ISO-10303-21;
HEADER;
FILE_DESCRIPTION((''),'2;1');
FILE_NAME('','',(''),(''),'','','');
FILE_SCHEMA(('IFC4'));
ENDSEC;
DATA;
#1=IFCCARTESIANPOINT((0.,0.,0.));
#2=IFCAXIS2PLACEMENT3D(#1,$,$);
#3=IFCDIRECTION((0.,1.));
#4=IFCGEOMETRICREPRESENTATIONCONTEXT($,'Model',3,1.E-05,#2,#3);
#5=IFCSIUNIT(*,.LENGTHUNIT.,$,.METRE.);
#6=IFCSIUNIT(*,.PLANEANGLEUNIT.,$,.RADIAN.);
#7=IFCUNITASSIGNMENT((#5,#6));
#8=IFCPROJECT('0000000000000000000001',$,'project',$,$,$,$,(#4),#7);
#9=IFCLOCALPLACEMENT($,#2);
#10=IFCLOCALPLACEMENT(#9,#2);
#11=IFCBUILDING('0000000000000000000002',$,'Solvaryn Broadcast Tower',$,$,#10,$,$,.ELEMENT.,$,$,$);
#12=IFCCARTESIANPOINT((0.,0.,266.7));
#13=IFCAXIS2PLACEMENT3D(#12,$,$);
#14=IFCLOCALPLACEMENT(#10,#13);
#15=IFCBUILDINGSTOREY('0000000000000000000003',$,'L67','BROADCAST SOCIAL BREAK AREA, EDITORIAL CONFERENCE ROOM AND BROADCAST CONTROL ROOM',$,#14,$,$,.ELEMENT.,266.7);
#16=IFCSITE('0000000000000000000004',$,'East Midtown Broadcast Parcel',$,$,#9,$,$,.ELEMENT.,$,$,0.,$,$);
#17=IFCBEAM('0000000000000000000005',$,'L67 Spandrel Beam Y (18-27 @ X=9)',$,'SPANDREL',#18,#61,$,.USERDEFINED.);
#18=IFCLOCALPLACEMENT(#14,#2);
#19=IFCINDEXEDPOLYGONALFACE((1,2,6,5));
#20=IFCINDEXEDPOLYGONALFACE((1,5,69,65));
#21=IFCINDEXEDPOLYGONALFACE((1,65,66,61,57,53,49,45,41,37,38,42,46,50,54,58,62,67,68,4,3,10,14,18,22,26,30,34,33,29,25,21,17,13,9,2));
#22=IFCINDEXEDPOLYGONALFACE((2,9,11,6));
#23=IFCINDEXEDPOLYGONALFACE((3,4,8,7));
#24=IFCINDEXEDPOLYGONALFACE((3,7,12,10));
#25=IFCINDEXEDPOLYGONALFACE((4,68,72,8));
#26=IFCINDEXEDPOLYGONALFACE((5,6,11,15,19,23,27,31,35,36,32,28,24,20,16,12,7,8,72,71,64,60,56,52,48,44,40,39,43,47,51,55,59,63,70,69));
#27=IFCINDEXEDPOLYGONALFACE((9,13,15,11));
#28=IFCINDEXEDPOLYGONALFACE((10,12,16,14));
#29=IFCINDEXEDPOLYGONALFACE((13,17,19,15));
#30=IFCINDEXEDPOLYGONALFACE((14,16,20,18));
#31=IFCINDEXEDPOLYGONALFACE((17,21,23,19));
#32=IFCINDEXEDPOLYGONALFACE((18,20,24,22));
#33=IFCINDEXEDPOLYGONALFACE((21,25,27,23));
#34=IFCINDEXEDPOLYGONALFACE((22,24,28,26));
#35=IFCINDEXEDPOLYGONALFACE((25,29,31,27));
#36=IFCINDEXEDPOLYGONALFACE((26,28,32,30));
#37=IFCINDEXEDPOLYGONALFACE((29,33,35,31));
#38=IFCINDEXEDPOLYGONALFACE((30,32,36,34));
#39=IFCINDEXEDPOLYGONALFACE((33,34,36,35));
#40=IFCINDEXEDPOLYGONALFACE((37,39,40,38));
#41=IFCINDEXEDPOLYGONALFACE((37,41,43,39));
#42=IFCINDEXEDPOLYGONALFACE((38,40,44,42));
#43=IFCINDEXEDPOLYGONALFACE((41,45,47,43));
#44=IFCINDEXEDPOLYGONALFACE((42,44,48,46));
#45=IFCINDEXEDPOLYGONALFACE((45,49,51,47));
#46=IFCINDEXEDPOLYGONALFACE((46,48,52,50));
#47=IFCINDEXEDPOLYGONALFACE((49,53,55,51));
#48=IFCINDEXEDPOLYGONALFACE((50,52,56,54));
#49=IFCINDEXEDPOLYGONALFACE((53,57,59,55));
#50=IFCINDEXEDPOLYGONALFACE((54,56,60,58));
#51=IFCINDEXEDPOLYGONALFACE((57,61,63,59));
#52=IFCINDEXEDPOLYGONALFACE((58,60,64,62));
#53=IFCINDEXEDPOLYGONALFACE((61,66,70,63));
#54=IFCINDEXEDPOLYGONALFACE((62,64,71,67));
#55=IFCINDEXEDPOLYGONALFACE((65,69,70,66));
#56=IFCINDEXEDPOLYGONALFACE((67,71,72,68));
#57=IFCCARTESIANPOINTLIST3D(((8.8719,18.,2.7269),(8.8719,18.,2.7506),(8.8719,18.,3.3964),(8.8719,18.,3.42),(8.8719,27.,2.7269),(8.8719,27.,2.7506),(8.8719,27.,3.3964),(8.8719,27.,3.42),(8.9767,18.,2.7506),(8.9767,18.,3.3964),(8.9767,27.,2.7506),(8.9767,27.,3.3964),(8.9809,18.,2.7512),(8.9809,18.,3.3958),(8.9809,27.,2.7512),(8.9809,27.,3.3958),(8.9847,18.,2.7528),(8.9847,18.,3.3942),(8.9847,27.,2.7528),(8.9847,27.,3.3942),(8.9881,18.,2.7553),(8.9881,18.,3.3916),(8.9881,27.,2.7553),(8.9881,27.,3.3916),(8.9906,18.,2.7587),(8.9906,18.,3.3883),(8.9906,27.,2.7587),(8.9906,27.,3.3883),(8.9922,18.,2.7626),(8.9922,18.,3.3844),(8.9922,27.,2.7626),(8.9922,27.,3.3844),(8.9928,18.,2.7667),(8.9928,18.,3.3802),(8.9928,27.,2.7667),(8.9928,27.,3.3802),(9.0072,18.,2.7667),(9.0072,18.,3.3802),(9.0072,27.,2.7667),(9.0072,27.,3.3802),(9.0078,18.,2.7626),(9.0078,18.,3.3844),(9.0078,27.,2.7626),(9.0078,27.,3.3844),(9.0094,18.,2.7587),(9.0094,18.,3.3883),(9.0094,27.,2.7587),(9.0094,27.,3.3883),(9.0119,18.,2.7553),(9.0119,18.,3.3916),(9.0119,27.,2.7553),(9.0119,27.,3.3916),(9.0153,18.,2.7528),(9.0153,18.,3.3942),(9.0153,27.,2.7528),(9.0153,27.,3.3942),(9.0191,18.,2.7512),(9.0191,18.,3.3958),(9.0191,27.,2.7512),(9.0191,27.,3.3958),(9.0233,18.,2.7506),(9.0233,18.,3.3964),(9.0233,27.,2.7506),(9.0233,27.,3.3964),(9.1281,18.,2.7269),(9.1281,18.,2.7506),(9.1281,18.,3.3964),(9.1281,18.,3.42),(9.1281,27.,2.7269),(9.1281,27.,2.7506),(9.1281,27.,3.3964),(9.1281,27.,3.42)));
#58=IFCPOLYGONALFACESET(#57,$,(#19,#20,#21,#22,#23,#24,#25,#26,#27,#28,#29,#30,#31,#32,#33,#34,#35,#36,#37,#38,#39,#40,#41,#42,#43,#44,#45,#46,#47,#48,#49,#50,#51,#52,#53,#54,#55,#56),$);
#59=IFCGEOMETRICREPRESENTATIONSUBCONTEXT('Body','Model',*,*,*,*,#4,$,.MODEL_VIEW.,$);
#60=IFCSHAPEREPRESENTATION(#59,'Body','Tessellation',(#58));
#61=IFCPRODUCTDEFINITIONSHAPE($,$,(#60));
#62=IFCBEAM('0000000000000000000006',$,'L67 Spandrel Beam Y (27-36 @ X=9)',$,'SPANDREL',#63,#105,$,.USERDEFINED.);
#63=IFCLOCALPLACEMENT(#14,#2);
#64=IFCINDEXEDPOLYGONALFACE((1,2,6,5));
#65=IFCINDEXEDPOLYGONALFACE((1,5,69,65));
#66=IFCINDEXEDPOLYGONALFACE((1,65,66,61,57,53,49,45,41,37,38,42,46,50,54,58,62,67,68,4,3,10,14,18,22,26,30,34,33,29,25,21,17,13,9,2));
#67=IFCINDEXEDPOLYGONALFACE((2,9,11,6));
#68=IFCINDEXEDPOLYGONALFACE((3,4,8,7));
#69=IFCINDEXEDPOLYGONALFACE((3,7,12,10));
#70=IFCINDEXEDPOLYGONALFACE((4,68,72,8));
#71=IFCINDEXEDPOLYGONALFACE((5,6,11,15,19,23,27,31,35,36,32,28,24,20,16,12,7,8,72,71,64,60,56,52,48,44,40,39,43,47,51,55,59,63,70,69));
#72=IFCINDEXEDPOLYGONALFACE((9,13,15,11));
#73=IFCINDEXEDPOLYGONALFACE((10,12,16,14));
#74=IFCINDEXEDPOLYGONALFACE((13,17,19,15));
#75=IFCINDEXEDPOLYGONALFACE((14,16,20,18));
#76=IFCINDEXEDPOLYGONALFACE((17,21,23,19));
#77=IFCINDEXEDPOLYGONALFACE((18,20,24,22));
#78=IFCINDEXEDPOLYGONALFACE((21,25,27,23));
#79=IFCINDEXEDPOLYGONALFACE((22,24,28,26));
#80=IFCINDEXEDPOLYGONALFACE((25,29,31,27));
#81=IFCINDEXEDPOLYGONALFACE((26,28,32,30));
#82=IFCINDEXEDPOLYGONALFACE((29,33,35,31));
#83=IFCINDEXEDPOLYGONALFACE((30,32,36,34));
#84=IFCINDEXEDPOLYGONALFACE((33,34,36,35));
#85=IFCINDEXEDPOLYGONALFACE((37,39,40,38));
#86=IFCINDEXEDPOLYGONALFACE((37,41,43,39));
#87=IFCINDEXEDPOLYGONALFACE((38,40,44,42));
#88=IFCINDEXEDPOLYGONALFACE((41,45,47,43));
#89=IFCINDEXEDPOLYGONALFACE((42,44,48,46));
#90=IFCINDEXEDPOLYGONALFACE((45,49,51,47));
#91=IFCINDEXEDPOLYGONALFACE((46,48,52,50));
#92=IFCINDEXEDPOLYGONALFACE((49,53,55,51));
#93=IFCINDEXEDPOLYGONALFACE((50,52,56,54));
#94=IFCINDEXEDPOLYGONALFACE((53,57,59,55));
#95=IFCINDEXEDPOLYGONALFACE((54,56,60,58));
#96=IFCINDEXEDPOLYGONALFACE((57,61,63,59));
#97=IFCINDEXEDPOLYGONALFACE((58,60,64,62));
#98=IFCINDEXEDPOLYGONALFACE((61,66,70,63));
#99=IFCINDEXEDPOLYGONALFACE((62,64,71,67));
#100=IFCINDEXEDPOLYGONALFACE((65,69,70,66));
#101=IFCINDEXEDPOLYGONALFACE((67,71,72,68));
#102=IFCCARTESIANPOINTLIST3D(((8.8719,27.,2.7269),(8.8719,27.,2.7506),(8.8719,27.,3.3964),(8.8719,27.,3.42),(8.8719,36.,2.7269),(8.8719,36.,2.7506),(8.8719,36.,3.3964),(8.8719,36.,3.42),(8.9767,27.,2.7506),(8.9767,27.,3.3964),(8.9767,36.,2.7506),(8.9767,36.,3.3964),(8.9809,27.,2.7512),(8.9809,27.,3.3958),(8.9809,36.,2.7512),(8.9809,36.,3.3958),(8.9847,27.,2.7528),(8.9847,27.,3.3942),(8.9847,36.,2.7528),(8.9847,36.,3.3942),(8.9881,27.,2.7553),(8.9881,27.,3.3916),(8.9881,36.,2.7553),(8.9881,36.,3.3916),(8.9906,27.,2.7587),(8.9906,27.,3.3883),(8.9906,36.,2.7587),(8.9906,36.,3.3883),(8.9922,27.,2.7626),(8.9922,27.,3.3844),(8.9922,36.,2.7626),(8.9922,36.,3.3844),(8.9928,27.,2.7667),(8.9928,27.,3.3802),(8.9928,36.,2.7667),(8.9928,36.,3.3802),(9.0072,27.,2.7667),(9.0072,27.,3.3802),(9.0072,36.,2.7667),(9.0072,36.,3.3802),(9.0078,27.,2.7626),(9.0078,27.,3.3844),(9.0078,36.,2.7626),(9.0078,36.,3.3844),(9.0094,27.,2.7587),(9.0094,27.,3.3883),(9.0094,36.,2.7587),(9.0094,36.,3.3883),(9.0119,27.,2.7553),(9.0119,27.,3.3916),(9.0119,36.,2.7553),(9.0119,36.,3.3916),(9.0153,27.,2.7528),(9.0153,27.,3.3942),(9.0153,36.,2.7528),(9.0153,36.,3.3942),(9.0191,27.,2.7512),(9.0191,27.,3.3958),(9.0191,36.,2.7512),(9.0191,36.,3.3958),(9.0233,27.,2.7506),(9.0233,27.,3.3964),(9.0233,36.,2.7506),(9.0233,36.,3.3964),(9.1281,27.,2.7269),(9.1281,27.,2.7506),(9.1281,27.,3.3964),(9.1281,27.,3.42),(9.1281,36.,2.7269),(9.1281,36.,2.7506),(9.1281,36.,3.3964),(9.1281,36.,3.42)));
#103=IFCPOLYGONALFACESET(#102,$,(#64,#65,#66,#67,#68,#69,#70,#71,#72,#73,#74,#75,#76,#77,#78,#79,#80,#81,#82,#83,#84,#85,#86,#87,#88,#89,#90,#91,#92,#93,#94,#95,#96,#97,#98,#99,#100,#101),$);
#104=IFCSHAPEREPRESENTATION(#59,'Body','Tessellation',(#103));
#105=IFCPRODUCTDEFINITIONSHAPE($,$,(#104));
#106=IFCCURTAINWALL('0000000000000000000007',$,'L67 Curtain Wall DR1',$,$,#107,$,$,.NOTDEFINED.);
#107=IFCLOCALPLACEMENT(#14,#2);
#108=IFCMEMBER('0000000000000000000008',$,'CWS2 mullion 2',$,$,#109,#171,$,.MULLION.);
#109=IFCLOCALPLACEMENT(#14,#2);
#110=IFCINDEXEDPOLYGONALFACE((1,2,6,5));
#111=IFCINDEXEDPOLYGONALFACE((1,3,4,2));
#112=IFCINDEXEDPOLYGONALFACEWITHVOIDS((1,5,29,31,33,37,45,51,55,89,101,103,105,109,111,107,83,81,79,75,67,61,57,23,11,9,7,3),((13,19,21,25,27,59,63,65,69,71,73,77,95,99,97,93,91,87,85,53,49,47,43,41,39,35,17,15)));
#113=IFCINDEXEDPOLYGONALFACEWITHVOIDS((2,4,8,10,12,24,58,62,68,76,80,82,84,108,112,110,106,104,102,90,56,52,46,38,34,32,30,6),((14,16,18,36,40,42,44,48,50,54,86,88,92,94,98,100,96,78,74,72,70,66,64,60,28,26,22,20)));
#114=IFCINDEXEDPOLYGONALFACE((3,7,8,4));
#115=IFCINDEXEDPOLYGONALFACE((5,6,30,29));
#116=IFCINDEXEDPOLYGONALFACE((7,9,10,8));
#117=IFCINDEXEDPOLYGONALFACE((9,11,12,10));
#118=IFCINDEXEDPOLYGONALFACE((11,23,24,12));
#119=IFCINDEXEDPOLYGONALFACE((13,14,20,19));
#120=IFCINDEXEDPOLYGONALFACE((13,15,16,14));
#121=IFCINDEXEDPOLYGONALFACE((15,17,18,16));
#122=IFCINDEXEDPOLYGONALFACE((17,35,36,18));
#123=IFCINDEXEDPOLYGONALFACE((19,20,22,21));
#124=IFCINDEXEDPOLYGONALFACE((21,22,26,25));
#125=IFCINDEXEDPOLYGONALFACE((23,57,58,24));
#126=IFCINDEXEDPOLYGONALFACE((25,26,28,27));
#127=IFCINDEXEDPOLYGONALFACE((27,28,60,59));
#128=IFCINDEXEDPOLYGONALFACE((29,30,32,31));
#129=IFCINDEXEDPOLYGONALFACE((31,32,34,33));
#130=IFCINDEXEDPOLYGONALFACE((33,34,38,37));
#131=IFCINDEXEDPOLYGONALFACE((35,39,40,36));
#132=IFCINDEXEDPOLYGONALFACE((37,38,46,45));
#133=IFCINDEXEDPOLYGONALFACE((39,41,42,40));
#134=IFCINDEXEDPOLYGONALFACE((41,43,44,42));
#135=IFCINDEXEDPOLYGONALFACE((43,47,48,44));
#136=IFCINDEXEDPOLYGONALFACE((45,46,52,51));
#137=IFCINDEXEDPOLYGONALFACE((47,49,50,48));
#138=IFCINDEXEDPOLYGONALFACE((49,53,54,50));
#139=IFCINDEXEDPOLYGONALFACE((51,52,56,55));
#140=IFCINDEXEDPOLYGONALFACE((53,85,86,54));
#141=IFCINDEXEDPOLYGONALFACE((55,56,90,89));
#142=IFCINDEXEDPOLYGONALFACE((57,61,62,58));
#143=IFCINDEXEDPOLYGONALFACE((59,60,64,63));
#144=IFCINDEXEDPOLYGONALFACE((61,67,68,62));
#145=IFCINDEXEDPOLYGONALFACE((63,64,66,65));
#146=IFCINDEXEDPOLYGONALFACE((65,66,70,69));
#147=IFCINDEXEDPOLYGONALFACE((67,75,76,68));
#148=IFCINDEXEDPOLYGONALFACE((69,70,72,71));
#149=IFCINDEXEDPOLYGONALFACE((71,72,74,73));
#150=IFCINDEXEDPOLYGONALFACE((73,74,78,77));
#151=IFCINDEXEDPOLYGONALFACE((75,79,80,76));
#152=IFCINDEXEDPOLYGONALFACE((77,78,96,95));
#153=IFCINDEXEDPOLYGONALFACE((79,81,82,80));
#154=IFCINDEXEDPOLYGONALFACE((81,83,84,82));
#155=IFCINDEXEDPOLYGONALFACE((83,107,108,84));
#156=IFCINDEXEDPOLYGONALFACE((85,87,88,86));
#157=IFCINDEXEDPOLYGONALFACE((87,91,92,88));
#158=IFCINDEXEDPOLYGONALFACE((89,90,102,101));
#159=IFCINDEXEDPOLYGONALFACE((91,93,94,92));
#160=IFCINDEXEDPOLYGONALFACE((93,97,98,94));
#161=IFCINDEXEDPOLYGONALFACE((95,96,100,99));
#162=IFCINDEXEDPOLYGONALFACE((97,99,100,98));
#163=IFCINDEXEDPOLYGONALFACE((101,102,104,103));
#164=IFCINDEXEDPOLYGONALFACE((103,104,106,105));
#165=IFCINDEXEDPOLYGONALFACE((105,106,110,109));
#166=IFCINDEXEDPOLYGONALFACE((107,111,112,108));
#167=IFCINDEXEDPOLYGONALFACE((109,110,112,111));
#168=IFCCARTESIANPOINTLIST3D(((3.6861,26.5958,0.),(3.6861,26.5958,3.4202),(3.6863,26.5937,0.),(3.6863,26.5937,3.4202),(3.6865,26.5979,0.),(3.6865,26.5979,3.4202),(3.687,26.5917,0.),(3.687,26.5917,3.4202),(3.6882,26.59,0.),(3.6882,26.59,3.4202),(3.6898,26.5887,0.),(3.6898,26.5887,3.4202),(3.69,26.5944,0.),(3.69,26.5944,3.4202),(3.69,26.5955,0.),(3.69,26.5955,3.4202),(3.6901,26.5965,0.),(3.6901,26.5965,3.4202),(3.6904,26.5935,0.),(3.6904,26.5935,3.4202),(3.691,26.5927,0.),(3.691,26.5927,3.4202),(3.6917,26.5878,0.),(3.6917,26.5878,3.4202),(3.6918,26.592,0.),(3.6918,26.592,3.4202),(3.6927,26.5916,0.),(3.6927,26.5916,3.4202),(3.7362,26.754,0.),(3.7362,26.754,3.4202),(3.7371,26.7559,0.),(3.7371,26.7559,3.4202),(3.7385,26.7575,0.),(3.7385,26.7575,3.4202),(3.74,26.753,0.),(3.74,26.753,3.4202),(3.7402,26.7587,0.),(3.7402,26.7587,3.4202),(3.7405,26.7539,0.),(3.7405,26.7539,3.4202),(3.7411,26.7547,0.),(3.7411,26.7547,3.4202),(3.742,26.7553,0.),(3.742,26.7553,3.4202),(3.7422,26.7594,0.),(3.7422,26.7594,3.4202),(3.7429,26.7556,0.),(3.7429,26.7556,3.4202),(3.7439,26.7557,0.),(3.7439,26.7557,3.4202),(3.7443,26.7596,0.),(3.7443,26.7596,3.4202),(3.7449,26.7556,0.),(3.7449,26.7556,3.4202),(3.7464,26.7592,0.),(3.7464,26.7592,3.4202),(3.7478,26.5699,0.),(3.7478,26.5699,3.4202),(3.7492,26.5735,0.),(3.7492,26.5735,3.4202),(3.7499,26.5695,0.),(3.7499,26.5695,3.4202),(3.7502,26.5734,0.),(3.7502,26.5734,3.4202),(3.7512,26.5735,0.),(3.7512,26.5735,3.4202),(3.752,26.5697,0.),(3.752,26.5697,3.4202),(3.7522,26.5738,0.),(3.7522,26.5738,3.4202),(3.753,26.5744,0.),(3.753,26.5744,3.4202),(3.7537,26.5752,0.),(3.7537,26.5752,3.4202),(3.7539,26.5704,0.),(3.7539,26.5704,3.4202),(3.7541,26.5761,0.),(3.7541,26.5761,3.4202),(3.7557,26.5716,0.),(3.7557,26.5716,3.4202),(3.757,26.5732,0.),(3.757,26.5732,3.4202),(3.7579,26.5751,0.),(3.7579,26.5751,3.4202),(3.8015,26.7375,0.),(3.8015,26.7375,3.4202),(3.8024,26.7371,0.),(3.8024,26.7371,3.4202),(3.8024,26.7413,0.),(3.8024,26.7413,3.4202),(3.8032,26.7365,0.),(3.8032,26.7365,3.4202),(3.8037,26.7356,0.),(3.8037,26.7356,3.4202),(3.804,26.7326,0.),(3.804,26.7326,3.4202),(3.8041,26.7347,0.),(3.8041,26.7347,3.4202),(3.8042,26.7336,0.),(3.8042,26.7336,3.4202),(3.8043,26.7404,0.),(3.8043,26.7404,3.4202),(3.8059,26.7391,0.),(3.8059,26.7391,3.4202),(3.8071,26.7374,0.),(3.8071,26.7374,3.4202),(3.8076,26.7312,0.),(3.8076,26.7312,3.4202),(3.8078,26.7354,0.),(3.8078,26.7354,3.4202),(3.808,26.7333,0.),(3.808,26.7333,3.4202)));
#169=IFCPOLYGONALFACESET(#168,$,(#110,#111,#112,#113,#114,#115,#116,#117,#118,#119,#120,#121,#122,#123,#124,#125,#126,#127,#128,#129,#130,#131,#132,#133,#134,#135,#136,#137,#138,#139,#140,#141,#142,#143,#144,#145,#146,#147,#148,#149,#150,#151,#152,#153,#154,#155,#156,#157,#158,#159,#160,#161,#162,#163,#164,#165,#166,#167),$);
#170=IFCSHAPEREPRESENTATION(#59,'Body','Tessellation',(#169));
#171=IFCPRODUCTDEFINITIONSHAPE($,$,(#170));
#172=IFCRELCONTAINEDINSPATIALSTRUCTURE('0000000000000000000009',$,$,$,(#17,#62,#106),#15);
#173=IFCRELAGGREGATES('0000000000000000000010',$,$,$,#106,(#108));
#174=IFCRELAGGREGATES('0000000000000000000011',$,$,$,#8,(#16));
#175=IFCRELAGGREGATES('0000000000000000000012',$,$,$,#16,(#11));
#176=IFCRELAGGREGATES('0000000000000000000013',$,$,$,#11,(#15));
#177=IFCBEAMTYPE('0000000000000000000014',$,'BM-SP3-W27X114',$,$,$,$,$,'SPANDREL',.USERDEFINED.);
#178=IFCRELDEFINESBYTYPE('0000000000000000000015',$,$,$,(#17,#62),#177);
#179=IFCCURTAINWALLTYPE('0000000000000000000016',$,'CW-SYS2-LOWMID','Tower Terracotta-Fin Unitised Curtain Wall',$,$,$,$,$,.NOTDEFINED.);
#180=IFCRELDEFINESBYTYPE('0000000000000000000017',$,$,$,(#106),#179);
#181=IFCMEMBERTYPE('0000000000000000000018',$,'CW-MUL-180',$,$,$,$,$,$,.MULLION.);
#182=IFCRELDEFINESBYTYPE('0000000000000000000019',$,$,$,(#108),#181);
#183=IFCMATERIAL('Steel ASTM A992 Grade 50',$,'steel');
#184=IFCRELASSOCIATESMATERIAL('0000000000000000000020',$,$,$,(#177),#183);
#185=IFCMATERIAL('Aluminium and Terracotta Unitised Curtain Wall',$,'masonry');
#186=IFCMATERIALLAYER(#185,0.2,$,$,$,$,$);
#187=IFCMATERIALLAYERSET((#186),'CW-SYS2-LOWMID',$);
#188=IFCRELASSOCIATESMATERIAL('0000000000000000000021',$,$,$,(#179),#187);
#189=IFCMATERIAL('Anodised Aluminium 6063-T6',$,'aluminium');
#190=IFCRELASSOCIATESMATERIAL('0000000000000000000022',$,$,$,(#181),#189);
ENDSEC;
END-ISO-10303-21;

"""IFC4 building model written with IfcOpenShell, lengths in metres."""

from ifc_helpers import new_model, si_unit, direction, frame, origin, origin_2d, place, context, subcontext, project, spatial, hollow_rectangle, i_section, extrude, material, layer, layer_set, material_profile, profile_set, type_object, element, aggregate, save


model = new_model("IFC4")

# Units and contexts
model_context = context("Model", 3, precision=1e-05, world=origin(), true_north=direction((0.0, 1.0)))
body_context = subcontext(model_context, "Body", "Model", "MODEL_VIEW")
ifc_project = project(units=[si_unit("LENGTHUNIT", "METRE"), si_unit("PLANEANGLEUNIT", "RADIAN")], contexts=[model_context])

# Site, building, storey
site_placement = place(None, origin())
site = spatial("IfcSite", under=ifc_project, at=site_placement, Name="East Midtown Broadcast Parcel", CompositionType="ELEMENT", RefElevation=0.0)
building_placement = place(site_placement, origin())
building = spatial("IfcBuilding", under=site, at=building_placement, Name="Solvaryn Broadcast Tower", CompositionType="ELEMENT")
storey_placement = place(building_placement, frame((0.0, 0.0, 266.7)))
storey = spatial("IfcBuildingStorey", under=building, at=storey_placement, Name="L67", Description="BROADCAST SOCIAL BREAK AREA, EDITORIAL CONFERENCE ROOM AND BROADCAST CONTROL ROOM", CompositionType="ELEMENT", Elevation=266.7)

# Beams
ifc_material_1 = material(Name="Steel ASTM A992 Grade 50", Category="steel")
ifc_material_profile_1 = material_profile(ifc_material_1, i_section(OverallWidth=0.2561, OverallDepth=0.6931, WebThickness=0.0144, FlangeThickness=0.0237, FilletRadius=0.0161, at=origin_2d()))
ifc_profile_set_1 = profile_set([ifc_material_profile_1], Name="Steel ASTM A992 Grade 50")
beam_type_1 = type_object("IfcBeamType", Name="BM-SP3-W27X114", ElementType="SPANDREL", PredefinedType="USERDEFINED", material=ifc_profile_set_1)
for number, where, z_axis, x_axis, name in (
    (1, (9.0, 18.0, 3.0735), (0.0, 1.0, 0.0), (-1.0, 0.0, 0.0), "L67 Spandrel Beam Y (18-27 @ X=9)"),
    (2, (9.0, 27.0, 3.0735), (0.0, 1.0, 0.0), (-1.0, 0.0, 0.0), "L67 Spandrel Beam Y (27-36 @ X=9)"),
):
    element("IfcBeam", number, at=place(storey_placement, frame(where, z_axis=z_axis, x_axis=x_axis)), inside=storey, type_object=beam_type_1, Name=name, ObjectType="SPANDREL", PredefinedType="USERDEFINED", context=body_context, shape_type="SweptSolid", body=[
        extrude(i_section(OverallWidth=0.2561, OverallDepth=0.6931, WebThickness=0.0144, FlangeThickness=0.0237, FilletRadius=0.0161, at=origin_2d()), origin(), (0.0, 0.0, 1.0), 9.0),
    ])

# Curtain wall, member
ifc_material_2 = material(Name="Aluminium and Terracotta Unitised Curtain Wall", Category="masonry")
ifc_layer_1 = layer(ifc_material_2, 0.2)
ifc_layer_set_1 = layer_set([ifc_layer_1], Name="CW-SYS2-LOWMID")
curtain_wall_type_1 = type_object("IfcCurtainWallType", Name="CW-SYS2-LOWMID", Description="Tower Terracotta-Fin Unitised Curtain Wall", PredefinedType="NOTDEFINED", material=ifc_layer_set_1)
curtain_wall_1_placement = place(storey_placement, origin())
curtain_wall_1 = element("IfcCurtainWall", 3, at=curtain_wall_1_placement, inside=storey, type_object=curtain_wall_type_1, Name="L67 Curtain Wall DR1", PredefinedType="NOTDEFINED")
ifc_material_3 = material(Name="Anodised Aluminium 6063-T6", Category="aluminium")
ifc_material_profile_2 = material_profile(ifc_material_3, hollow_rectangle(XDim=0.075, YDim=0.1799, WallThickness=0.0039, InnerFilletRadius=0.0039, OuterFilletRadius=0.0081, at=origin_2d()))
ifc_profile_set_2 = profile_set([ifc_material_profile_2], Name="Anodised Aluminium 6063-T6")
member_type_1 = type_object("IfcMemberType", Name="CW-MUL-180", PredefinedType="MULLION", material=ifc_profile_set_2)
member_1_placement = place(storey_placement, frame((3.7471, 26.6646, 0.0), z_axis=(0.0, 0.0, 1.0), x_axis=(0.952795, -0.303616, 0.0)))
member_1 = element("IfcMember", 4, at=member_1_placement, type_object=member_type_1, Name="CWS2 mullion 2", PredefinedType="MULLION", context=body_context, shape_type="SweptSolid", body=[
    extrude(hollow_rectangle(XDim=0.075, YDim=0.1799, WallThickness=0.0039, InnerFilletRadius=0.0039, OuterFilletRadius=0.0081, at=origin_2d()), origin(), (0.0, 0.0, 1.0), 3.4202),
])
aggregate(curtain_wall_1, [member_1])

save(model, "model.ifc")
